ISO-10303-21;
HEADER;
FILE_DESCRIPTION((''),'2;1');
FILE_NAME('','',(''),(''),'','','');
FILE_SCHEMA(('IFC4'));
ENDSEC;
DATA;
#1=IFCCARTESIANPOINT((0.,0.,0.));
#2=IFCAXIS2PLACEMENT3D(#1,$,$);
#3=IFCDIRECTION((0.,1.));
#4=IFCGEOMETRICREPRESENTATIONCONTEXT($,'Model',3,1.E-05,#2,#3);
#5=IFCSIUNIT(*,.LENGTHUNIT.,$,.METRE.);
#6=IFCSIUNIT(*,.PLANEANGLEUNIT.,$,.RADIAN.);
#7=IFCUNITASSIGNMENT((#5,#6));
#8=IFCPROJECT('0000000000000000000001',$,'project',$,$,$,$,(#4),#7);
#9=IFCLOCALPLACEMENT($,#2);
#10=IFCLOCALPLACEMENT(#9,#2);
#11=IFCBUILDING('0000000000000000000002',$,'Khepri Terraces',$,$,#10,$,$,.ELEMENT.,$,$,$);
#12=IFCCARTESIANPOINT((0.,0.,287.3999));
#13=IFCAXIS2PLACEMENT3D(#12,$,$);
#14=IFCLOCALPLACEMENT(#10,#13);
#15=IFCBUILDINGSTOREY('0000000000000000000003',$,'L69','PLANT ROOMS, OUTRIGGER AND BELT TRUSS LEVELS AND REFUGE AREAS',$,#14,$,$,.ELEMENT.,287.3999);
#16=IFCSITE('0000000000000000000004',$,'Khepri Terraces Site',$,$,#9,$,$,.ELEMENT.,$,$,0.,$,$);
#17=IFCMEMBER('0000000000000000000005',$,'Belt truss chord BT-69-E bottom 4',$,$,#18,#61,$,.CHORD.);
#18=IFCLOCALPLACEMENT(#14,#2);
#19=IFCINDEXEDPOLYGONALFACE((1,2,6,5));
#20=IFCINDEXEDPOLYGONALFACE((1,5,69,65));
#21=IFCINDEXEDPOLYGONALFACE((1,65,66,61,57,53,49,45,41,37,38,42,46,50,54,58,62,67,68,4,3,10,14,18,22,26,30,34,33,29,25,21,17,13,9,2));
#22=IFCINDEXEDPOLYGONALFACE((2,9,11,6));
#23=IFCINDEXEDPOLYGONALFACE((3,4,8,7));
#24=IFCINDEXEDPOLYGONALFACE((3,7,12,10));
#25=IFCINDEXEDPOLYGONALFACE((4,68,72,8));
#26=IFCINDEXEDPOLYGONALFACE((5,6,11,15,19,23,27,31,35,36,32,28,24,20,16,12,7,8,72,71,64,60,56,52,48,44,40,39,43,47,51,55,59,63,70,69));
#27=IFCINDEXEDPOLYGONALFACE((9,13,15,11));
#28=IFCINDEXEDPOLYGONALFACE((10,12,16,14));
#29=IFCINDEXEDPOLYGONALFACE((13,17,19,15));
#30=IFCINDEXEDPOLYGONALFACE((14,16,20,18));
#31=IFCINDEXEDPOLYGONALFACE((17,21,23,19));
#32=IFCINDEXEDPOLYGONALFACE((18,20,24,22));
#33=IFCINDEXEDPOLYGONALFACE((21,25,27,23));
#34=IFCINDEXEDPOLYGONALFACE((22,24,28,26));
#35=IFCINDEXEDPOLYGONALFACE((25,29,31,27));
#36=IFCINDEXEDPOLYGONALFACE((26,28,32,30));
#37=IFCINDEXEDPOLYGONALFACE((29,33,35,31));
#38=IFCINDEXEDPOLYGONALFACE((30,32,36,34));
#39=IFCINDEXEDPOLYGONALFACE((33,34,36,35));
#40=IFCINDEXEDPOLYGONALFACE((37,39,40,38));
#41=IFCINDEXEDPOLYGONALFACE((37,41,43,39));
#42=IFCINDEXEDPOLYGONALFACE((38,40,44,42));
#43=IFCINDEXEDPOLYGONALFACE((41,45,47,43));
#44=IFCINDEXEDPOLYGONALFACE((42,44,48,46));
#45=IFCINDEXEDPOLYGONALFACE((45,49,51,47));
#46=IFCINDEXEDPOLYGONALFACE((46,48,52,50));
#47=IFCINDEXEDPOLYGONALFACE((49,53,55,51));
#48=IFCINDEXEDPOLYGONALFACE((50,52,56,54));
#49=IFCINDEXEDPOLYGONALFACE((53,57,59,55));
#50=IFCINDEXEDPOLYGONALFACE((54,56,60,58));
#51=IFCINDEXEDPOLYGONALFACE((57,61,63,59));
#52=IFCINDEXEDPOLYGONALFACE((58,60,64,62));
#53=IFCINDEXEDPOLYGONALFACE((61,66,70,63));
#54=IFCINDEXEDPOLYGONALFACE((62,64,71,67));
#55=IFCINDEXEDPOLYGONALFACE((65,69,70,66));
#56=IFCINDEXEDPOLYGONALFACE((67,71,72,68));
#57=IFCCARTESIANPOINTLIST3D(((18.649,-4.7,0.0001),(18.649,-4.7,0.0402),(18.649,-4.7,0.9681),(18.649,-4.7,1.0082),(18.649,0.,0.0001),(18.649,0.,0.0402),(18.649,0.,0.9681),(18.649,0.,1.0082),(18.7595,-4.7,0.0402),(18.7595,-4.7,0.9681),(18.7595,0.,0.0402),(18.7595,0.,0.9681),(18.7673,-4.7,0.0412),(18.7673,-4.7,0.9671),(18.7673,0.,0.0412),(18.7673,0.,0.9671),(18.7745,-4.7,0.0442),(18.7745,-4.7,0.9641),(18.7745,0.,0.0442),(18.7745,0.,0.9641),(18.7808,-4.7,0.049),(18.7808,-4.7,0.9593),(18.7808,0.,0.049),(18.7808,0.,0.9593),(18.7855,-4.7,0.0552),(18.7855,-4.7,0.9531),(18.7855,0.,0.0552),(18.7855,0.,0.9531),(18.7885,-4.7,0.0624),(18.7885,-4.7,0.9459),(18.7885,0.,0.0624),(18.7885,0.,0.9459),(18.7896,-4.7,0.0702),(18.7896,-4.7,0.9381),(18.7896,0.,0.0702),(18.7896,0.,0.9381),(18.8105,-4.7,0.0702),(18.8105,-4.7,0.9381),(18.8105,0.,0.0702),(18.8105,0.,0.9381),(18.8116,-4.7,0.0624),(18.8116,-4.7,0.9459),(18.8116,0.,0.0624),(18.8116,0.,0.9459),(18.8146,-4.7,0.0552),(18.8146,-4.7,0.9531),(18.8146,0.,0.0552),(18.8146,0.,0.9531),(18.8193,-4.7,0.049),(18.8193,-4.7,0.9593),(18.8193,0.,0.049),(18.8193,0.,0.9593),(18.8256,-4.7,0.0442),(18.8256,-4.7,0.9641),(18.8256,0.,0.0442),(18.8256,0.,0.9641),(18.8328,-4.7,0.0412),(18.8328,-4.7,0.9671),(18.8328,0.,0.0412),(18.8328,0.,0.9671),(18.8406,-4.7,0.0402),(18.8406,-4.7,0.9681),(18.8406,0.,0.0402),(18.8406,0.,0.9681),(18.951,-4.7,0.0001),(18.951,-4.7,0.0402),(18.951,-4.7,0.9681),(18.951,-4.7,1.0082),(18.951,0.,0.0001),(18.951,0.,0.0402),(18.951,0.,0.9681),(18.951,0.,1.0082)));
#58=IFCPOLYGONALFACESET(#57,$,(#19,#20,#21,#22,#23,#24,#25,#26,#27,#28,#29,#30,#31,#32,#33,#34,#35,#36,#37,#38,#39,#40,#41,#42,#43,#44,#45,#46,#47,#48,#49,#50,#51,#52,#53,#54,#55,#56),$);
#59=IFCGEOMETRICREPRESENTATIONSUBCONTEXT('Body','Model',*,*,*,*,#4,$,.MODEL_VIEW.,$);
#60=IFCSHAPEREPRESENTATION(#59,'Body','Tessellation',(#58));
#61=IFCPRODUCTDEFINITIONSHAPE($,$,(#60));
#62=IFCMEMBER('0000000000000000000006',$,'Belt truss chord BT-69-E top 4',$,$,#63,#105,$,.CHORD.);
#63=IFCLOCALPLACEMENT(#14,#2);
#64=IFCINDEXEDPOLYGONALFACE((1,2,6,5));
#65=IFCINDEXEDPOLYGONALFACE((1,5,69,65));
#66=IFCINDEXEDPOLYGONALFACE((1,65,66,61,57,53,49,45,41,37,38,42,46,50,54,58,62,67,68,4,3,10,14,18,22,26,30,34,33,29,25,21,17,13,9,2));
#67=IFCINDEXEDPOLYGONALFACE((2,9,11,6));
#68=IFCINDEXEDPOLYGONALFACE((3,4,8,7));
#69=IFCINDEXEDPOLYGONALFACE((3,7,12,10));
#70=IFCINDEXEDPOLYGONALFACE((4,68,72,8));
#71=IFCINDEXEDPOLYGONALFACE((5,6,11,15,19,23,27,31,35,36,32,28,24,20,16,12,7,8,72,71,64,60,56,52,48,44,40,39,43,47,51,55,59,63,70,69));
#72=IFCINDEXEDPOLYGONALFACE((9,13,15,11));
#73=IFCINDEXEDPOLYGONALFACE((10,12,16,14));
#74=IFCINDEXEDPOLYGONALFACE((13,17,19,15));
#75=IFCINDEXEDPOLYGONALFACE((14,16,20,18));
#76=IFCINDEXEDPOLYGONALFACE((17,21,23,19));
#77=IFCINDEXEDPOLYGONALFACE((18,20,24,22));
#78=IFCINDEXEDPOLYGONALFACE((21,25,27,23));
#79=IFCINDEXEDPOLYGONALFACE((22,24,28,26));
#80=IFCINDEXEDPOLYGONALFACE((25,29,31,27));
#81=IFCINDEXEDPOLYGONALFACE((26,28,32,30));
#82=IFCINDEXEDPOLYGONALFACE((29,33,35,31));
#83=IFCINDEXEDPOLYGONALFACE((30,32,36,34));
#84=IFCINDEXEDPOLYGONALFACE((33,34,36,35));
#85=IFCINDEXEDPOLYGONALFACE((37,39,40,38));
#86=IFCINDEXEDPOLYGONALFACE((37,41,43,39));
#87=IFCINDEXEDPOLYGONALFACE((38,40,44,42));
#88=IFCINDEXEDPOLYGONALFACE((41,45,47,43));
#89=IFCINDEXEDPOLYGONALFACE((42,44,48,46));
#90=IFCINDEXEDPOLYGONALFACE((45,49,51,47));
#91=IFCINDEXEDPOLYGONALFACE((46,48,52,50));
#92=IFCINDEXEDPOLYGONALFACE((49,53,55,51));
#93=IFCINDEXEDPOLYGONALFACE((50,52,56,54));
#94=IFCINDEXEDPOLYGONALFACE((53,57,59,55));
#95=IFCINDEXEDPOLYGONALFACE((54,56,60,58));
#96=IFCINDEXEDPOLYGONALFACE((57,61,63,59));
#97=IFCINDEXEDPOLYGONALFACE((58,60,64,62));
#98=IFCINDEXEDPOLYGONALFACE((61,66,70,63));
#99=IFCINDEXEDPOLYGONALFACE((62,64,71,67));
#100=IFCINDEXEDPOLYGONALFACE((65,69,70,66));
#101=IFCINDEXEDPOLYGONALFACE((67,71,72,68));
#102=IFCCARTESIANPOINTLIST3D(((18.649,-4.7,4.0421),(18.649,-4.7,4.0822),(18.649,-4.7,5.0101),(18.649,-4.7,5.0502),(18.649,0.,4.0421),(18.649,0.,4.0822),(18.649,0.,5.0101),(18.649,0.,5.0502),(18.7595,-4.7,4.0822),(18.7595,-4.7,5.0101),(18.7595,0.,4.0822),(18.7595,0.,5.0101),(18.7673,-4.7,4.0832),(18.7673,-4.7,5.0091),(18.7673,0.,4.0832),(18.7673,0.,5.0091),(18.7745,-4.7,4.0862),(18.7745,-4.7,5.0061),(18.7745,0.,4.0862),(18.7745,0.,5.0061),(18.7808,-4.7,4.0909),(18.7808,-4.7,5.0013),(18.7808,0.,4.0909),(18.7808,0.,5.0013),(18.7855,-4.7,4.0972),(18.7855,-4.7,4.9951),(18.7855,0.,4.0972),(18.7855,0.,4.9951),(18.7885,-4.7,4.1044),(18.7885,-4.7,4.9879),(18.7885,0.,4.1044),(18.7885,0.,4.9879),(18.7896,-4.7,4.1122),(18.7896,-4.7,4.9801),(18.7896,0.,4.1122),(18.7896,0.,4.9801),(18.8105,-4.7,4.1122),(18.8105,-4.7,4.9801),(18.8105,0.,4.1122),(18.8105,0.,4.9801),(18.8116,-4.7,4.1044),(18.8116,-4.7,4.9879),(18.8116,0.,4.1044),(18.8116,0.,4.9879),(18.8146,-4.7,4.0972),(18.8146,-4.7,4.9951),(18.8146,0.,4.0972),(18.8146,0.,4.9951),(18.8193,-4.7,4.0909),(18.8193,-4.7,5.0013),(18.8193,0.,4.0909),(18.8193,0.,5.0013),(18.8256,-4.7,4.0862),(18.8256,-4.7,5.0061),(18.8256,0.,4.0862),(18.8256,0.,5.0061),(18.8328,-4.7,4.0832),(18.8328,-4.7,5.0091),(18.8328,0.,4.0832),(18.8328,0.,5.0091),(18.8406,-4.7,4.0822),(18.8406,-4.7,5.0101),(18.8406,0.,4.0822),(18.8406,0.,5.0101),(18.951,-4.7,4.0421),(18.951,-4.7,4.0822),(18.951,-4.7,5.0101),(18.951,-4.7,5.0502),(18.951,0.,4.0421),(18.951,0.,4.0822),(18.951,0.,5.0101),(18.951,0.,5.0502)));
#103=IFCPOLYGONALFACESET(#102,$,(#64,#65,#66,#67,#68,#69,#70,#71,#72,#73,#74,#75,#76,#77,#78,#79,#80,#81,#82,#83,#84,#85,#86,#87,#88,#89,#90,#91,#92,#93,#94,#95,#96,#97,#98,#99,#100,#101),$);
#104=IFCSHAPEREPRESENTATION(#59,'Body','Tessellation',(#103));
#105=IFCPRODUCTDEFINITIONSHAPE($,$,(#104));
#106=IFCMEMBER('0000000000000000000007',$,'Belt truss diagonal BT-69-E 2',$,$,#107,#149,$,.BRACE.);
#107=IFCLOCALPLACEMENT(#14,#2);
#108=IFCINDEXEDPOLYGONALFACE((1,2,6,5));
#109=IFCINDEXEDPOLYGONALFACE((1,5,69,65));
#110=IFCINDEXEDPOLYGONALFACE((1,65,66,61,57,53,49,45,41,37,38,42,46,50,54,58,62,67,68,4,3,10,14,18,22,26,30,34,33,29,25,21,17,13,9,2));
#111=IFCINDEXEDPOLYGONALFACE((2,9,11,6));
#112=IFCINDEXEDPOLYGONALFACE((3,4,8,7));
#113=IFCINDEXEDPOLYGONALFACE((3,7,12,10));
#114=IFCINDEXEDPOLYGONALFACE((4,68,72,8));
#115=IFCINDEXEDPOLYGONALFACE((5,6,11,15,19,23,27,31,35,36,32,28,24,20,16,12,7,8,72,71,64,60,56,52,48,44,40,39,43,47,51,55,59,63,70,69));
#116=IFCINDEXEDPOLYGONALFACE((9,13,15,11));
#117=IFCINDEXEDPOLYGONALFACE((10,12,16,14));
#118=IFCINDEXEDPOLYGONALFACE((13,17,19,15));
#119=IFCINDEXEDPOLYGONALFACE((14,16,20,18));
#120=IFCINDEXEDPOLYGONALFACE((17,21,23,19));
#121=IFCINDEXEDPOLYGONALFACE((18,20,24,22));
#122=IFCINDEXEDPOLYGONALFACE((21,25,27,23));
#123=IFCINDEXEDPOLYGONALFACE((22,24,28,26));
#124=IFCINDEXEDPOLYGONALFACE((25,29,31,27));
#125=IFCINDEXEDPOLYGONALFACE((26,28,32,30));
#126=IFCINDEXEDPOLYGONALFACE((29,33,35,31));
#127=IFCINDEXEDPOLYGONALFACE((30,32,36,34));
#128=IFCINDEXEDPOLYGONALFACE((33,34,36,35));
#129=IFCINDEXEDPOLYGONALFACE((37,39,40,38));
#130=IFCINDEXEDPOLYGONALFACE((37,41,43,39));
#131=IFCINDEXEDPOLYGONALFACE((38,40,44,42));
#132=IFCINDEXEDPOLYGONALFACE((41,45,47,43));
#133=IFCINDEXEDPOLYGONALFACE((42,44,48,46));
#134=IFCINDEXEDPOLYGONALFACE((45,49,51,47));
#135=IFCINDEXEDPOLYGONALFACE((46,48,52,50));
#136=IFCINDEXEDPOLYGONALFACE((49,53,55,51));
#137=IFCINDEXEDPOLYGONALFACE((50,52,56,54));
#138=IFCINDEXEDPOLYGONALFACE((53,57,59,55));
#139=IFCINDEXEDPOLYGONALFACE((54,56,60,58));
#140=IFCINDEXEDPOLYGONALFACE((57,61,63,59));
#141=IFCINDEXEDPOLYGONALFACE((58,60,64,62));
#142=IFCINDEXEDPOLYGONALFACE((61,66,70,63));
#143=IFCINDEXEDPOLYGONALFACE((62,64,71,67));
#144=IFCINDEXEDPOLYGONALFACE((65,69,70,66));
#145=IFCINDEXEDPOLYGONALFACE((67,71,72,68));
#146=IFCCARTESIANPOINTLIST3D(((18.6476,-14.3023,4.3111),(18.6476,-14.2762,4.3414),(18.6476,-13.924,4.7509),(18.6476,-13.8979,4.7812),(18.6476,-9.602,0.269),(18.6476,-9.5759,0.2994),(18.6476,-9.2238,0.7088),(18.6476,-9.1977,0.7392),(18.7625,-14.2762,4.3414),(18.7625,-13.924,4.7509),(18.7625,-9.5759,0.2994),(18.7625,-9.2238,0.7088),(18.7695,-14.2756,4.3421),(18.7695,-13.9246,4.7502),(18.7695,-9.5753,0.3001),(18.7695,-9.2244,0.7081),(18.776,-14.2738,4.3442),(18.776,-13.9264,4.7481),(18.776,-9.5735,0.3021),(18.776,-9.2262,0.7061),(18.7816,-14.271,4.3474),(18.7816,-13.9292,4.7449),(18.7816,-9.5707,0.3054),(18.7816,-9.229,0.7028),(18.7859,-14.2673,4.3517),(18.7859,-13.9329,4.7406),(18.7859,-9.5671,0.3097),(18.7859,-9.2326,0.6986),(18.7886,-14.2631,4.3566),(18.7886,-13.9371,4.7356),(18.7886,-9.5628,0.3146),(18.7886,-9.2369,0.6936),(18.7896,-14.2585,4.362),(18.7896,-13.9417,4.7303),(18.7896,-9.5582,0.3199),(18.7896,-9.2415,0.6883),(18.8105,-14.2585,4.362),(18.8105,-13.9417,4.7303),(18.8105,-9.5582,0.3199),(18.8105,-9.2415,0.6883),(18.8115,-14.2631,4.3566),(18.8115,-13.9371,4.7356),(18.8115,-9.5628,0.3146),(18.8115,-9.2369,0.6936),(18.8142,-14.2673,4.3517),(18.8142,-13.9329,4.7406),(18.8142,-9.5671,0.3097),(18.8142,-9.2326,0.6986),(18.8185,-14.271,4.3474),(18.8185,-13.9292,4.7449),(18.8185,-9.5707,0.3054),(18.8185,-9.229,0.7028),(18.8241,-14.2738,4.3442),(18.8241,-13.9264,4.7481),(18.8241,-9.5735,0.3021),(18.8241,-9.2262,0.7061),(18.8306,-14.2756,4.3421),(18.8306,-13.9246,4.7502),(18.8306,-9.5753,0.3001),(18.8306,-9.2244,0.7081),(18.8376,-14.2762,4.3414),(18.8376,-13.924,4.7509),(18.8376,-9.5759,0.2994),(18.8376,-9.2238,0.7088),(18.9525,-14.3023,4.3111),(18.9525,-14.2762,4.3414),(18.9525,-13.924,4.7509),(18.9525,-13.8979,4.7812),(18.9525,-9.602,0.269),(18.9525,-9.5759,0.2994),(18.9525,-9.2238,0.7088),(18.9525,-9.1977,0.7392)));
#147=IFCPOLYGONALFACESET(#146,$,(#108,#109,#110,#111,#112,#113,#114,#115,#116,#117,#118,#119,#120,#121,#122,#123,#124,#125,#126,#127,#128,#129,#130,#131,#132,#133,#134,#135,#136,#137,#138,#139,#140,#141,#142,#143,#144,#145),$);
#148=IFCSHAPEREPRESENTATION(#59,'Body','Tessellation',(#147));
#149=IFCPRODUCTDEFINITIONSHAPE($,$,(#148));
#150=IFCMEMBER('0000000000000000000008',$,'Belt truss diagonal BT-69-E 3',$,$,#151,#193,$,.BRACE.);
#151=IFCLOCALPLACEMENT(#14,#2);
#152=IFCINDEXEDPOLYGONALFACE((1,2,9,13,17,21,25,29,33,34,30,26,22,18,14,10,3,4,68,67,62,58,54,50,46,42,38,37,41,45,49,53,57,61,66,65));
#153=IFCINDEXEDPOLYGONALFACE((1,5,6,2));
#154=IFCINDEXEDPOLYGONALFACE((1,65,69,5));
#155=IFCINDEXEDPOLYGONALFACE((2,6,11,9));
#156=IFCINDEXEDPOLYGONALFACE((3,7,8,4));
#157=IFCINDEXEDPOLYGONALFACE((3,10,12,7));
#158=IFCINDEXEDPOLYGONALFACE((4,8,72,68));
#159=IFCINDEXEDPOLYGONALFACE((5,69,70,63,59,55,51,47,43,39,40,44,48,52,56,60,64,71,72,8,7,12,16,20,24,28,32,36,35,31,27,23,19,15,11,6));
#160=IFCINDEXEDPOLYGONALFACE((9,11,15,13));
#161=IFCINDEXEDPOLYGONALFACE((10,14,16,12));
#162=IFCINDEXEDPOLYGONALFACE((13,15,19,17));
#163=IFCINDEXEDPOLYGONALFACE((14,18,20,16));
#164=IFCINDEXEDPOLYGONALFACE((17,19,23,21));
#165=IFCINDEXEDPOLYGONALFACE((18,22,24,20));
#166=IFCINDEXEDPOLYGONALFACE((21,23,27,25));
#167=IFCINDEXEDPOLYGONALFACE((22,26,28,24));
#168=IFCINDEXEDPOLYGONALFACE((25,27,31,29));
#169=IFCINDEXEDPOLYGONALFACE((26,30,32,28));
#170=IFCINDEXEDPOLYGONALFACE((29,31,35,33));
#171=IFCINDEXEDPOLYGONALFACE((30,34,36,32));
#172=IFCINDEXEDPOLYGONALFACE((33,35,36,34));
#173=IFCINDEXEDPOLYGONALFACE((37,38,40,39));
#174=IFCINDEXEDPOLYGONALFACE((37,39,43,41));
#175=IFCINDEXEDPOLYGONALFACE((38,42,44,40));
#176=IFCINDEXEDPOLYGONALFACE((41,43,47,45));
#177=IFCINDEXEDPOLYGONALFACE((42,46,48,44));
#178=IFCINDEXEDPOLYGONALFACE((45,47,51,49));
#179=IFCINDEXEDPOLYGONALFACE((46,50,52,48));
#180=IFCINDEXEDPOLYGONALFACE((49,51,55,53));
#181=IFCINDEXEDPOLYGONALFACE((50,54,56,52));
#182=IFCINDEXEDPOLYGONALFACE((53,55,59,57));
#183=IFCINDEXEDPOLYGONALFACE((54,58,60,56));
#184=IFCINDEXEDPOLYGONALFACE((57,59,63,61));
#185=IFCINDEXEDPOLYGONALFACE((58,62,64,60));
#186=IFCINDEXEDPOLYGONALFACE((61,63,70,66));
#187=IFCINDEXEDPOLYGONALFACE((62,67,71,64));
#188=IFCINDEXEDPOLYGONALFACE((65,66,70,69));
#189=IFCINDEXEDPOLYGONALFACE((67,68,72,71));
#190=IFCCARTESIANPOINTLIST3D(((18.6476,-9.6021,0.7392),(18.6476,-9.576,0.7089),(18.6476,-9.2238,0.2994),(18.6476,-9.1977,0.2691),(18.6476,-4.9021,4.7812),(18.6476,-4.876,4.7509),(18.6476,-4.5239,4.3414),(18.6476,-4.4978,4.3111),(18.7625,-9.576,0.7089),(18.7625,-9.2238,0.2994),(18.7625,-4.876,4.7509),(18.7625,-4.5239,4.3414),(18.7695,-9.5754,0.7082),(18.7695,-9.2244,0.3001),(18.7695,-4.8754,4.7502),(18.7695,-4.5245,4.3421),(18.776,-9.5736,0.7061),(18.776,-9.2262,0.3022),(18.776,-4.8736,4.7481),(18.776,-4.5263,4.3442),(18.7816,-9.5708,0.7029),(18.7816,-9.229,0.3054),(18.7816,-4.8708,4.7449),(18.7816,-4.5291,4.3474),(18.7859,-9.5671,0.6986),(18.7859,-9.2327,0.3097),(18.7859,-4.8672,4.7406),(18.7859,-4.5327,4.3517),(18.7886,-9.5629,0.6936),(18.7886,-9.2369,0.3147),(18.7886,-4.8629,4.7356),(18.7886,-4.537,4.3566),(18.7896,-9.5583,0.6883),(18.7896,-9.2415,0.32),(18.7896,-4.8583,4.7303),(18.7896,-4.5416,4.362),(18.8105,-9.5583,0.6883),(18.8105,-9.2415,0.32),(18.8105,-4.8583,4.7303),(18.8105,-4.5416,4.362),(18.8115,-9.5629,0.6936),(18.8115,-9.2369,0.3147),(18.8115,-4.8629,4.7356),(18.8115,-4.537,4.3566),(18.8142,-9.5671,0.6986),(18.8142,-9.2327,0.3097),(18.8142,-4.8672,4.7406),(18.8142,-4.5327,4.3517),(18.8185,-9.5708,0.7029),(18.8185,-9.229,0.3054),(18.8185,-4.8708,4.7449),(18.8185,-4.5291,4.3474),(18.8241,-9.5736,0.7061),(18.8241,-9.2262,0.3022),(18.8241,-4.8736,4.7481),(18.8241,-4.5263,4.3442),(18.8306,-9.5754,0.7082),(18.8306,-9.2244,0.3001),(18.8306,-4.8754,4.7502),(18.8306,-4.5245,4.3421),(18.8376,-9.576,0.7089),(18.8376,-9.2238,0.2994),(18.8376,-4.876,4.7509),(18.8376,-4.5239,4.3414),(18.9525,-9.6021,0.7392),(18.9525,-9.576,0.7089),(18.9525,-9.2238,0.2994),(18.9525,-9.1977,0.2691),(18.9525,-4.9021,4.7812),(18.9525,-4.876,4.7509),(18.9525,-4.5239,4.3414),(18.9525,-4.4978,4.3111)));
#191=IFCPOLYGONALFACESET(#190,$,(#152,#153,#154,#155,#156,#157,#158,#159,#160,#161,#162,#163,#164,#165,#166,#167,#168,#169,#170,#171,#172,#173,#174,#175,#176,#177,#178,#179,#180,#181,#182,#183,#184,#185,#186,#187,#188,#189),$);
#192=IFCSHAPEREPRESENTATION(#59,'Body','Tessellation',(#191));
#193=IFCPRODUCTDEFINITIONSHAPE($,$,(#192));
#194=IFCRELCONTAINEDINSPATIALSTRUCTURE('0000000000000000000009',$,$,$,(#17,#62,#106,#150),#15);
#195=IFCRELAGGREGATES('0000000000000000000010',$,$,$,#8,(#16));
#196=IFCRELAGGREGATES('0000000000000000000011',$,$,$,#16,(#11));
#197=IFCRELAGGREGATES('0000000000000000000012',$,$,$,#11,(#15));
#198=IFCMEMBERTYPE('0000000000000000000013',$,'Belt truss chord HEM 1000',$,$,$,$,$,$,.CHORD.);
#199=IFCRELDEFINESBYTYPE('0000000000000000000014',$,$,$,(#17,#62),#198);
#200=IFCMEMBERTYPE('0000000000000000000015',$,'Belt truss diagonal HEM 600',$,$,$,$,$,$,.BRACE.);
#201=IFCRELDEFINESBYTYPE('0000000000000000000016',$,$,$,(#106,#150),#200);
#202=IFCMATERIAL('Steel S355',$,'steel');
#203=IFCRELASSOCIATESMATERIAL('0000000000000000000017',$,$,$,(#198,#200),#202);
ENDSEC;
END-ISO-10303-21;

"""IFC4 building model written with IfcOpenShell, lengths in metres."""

from ifc_helpers import new_model, si_unit, direction, frame, origin, origin_2d, place, context, subcontext, project, spatial, i_section, extrude, material, material_profile, profile_set, type_object, element, save


model = new_model("IFC4")

# Units and contexts
model_context = context("Model", 3, precision=1e-05, world=origin(), true_north=direction((0.0, 1.0)))
body_context = subcontext(model_context, "Body", "Model", "MODEL_VIEW")
ifc_project = project(units=[si_unit("LENGTHUNIT", "METRE"), si_unit("PLANEANGLEUNIT", "RADIAN")], contexts=[model_context])

# Site, building, storey
site_placement = place(None, origin())
site = spatial("IfcSite", under=ifc_project, at=site_placement, Name="Khepri Terraces Site", CompositionType="ELEMENT", RefElevation=0.0)
building_placement = place(site_placement, origin())
building = spatial("IfcBuilding", under=site, at=building_placement, Name="Khepri Terraces", CompositionType="ELEMENT")
storey_placement = place(building_placement, frame((0.0, 0.0, 287.3999)))
storey = spatial("IfcBuildingStorey", under=building, at=storey_placement, Name="L69", Description="PLANT ROOMS, OUTRIGGER AND BELT TRUSS LEVELS AND REFUGE AREAS", CompositionType="ELEMENT", Elevation=287.3999)

# Members
ifc_material_1 = material(Name="Steel S355", Category="steel")
ifc_material_profile_1 = material_profile(ifc_material_1, i_section(OverallWidth=0.302, OverallDepth=1.0081, WebThickness=0.021, FlangeThickness=0.04, FilletRadius=0.03, at=origin_2d()), Name="Steel S355", Category="steel")
ifc_profile_set_1 = profile_set([ifc_material_profile_1], Name="Steel S355")
member_type_1 = type_object("IfcMemberType", Name="Belt truss chord HEM 1000", PredefinedType="CHORD", material=ifc_profile_set_1)
for number, where, z_axis, x_axis, name in (
    (1, (18.8, -4.7, 0.5042), (0.0, 1.0, 0.0), (-1.0, 0.0, 0.0), "Belt truss chord BT-69-E bottom 4"),
    (2, (18.8, -4.7, 4.5461), (0.0, 1.0, 0.0), (-1.0, 0.0, 0.0), "Belt truss chord BT-69-E top 4"),
):
    element("IfcMember", number, at=place(storey_placement, frame(where, z_axis=z_axis, x_axis=x_axis)), inside=storey, type_object=member_type_1, Name=name, PredefinedType="CHORD", context=body_context, shape_type="SweptSolid", body=[
        extrude(i_section(OverallWidth=0.302, OverallDepth=1.0081, WebThickness=0.021, FlangeThickness=0.04, FilletRadius=0.03, at=origin_2d()), origin(), (0.0, 0.0, 1.0), 4.7),
    ])
ifc_material_profile_2 = material_profile(ifc_material_1, i_section(OverallWidth=0.3049, OverallDepth=0.6201, WebThickness=0.021, FlangeThickness=0.04, FilletRadius=0.0271, at=origin_2d()), Name="Steel S355", Category="steel")
ifc_profile_set_2 = profile_set([ifc_material_profile_2], Name="Steel S355")
member_type_2 = type_object("IfcMemberType", Name="Belt truss diagonal HEM 600", PredefinedType="BRACE", material=ifc_profile_set_2)
member_1_placement = place(storey_placement, frame((18.8, -14.1001, 4.5461), z_axis=(0.0, 0.758199, -0.652023), x_axis=(-1.0, 0.0, 0.0)))
element("IfcMember", 3, at=member_1_placement, inside=storey, type_object=member_type_2, Name="Belt truss diagonal BT-69-E 2", PredefinedType="BRACE", context=body_context, shape_type="SweptSolid", body=[
    extrude(i_section(OverallWidth=0.3049, OverallDepth=0.6201, WebThickness=0.021, FlangeThickness=0.04, FilletRadius=0.0271, at=origin_2d()), origin(), (0.0, 0.0, 1.0), 6.1992),
])
for number, where, z_axis, x_axis, name in (
    (4, (18.8, -9.3999, 0.5042), (0.0, 0.758182, 0.652042), (-1.0, 0.0, 0.0), "Belt truss diagonal BT-69-E 3"),
):
    element("IfcMember", number, at=place(storey_placement, frame(where, z_axis=z_axis, x_axis=x_axis)), inside=storey, type_object=member_type_2, Name=name, PredefinedType="BRACE", context=body_context, shape_type="SweptSolid", body=[
        extrude(i_section(OverallWidth=0.3049, OverallDepth=0.6201, WebThickness=0.021, FlangeThickness=0.04, FilletRadius=0.0271, at=origin_2d()), origin(), (0.0, 0.0, 1.0), 6.199),
    ])

save(model, "model.ifc")
